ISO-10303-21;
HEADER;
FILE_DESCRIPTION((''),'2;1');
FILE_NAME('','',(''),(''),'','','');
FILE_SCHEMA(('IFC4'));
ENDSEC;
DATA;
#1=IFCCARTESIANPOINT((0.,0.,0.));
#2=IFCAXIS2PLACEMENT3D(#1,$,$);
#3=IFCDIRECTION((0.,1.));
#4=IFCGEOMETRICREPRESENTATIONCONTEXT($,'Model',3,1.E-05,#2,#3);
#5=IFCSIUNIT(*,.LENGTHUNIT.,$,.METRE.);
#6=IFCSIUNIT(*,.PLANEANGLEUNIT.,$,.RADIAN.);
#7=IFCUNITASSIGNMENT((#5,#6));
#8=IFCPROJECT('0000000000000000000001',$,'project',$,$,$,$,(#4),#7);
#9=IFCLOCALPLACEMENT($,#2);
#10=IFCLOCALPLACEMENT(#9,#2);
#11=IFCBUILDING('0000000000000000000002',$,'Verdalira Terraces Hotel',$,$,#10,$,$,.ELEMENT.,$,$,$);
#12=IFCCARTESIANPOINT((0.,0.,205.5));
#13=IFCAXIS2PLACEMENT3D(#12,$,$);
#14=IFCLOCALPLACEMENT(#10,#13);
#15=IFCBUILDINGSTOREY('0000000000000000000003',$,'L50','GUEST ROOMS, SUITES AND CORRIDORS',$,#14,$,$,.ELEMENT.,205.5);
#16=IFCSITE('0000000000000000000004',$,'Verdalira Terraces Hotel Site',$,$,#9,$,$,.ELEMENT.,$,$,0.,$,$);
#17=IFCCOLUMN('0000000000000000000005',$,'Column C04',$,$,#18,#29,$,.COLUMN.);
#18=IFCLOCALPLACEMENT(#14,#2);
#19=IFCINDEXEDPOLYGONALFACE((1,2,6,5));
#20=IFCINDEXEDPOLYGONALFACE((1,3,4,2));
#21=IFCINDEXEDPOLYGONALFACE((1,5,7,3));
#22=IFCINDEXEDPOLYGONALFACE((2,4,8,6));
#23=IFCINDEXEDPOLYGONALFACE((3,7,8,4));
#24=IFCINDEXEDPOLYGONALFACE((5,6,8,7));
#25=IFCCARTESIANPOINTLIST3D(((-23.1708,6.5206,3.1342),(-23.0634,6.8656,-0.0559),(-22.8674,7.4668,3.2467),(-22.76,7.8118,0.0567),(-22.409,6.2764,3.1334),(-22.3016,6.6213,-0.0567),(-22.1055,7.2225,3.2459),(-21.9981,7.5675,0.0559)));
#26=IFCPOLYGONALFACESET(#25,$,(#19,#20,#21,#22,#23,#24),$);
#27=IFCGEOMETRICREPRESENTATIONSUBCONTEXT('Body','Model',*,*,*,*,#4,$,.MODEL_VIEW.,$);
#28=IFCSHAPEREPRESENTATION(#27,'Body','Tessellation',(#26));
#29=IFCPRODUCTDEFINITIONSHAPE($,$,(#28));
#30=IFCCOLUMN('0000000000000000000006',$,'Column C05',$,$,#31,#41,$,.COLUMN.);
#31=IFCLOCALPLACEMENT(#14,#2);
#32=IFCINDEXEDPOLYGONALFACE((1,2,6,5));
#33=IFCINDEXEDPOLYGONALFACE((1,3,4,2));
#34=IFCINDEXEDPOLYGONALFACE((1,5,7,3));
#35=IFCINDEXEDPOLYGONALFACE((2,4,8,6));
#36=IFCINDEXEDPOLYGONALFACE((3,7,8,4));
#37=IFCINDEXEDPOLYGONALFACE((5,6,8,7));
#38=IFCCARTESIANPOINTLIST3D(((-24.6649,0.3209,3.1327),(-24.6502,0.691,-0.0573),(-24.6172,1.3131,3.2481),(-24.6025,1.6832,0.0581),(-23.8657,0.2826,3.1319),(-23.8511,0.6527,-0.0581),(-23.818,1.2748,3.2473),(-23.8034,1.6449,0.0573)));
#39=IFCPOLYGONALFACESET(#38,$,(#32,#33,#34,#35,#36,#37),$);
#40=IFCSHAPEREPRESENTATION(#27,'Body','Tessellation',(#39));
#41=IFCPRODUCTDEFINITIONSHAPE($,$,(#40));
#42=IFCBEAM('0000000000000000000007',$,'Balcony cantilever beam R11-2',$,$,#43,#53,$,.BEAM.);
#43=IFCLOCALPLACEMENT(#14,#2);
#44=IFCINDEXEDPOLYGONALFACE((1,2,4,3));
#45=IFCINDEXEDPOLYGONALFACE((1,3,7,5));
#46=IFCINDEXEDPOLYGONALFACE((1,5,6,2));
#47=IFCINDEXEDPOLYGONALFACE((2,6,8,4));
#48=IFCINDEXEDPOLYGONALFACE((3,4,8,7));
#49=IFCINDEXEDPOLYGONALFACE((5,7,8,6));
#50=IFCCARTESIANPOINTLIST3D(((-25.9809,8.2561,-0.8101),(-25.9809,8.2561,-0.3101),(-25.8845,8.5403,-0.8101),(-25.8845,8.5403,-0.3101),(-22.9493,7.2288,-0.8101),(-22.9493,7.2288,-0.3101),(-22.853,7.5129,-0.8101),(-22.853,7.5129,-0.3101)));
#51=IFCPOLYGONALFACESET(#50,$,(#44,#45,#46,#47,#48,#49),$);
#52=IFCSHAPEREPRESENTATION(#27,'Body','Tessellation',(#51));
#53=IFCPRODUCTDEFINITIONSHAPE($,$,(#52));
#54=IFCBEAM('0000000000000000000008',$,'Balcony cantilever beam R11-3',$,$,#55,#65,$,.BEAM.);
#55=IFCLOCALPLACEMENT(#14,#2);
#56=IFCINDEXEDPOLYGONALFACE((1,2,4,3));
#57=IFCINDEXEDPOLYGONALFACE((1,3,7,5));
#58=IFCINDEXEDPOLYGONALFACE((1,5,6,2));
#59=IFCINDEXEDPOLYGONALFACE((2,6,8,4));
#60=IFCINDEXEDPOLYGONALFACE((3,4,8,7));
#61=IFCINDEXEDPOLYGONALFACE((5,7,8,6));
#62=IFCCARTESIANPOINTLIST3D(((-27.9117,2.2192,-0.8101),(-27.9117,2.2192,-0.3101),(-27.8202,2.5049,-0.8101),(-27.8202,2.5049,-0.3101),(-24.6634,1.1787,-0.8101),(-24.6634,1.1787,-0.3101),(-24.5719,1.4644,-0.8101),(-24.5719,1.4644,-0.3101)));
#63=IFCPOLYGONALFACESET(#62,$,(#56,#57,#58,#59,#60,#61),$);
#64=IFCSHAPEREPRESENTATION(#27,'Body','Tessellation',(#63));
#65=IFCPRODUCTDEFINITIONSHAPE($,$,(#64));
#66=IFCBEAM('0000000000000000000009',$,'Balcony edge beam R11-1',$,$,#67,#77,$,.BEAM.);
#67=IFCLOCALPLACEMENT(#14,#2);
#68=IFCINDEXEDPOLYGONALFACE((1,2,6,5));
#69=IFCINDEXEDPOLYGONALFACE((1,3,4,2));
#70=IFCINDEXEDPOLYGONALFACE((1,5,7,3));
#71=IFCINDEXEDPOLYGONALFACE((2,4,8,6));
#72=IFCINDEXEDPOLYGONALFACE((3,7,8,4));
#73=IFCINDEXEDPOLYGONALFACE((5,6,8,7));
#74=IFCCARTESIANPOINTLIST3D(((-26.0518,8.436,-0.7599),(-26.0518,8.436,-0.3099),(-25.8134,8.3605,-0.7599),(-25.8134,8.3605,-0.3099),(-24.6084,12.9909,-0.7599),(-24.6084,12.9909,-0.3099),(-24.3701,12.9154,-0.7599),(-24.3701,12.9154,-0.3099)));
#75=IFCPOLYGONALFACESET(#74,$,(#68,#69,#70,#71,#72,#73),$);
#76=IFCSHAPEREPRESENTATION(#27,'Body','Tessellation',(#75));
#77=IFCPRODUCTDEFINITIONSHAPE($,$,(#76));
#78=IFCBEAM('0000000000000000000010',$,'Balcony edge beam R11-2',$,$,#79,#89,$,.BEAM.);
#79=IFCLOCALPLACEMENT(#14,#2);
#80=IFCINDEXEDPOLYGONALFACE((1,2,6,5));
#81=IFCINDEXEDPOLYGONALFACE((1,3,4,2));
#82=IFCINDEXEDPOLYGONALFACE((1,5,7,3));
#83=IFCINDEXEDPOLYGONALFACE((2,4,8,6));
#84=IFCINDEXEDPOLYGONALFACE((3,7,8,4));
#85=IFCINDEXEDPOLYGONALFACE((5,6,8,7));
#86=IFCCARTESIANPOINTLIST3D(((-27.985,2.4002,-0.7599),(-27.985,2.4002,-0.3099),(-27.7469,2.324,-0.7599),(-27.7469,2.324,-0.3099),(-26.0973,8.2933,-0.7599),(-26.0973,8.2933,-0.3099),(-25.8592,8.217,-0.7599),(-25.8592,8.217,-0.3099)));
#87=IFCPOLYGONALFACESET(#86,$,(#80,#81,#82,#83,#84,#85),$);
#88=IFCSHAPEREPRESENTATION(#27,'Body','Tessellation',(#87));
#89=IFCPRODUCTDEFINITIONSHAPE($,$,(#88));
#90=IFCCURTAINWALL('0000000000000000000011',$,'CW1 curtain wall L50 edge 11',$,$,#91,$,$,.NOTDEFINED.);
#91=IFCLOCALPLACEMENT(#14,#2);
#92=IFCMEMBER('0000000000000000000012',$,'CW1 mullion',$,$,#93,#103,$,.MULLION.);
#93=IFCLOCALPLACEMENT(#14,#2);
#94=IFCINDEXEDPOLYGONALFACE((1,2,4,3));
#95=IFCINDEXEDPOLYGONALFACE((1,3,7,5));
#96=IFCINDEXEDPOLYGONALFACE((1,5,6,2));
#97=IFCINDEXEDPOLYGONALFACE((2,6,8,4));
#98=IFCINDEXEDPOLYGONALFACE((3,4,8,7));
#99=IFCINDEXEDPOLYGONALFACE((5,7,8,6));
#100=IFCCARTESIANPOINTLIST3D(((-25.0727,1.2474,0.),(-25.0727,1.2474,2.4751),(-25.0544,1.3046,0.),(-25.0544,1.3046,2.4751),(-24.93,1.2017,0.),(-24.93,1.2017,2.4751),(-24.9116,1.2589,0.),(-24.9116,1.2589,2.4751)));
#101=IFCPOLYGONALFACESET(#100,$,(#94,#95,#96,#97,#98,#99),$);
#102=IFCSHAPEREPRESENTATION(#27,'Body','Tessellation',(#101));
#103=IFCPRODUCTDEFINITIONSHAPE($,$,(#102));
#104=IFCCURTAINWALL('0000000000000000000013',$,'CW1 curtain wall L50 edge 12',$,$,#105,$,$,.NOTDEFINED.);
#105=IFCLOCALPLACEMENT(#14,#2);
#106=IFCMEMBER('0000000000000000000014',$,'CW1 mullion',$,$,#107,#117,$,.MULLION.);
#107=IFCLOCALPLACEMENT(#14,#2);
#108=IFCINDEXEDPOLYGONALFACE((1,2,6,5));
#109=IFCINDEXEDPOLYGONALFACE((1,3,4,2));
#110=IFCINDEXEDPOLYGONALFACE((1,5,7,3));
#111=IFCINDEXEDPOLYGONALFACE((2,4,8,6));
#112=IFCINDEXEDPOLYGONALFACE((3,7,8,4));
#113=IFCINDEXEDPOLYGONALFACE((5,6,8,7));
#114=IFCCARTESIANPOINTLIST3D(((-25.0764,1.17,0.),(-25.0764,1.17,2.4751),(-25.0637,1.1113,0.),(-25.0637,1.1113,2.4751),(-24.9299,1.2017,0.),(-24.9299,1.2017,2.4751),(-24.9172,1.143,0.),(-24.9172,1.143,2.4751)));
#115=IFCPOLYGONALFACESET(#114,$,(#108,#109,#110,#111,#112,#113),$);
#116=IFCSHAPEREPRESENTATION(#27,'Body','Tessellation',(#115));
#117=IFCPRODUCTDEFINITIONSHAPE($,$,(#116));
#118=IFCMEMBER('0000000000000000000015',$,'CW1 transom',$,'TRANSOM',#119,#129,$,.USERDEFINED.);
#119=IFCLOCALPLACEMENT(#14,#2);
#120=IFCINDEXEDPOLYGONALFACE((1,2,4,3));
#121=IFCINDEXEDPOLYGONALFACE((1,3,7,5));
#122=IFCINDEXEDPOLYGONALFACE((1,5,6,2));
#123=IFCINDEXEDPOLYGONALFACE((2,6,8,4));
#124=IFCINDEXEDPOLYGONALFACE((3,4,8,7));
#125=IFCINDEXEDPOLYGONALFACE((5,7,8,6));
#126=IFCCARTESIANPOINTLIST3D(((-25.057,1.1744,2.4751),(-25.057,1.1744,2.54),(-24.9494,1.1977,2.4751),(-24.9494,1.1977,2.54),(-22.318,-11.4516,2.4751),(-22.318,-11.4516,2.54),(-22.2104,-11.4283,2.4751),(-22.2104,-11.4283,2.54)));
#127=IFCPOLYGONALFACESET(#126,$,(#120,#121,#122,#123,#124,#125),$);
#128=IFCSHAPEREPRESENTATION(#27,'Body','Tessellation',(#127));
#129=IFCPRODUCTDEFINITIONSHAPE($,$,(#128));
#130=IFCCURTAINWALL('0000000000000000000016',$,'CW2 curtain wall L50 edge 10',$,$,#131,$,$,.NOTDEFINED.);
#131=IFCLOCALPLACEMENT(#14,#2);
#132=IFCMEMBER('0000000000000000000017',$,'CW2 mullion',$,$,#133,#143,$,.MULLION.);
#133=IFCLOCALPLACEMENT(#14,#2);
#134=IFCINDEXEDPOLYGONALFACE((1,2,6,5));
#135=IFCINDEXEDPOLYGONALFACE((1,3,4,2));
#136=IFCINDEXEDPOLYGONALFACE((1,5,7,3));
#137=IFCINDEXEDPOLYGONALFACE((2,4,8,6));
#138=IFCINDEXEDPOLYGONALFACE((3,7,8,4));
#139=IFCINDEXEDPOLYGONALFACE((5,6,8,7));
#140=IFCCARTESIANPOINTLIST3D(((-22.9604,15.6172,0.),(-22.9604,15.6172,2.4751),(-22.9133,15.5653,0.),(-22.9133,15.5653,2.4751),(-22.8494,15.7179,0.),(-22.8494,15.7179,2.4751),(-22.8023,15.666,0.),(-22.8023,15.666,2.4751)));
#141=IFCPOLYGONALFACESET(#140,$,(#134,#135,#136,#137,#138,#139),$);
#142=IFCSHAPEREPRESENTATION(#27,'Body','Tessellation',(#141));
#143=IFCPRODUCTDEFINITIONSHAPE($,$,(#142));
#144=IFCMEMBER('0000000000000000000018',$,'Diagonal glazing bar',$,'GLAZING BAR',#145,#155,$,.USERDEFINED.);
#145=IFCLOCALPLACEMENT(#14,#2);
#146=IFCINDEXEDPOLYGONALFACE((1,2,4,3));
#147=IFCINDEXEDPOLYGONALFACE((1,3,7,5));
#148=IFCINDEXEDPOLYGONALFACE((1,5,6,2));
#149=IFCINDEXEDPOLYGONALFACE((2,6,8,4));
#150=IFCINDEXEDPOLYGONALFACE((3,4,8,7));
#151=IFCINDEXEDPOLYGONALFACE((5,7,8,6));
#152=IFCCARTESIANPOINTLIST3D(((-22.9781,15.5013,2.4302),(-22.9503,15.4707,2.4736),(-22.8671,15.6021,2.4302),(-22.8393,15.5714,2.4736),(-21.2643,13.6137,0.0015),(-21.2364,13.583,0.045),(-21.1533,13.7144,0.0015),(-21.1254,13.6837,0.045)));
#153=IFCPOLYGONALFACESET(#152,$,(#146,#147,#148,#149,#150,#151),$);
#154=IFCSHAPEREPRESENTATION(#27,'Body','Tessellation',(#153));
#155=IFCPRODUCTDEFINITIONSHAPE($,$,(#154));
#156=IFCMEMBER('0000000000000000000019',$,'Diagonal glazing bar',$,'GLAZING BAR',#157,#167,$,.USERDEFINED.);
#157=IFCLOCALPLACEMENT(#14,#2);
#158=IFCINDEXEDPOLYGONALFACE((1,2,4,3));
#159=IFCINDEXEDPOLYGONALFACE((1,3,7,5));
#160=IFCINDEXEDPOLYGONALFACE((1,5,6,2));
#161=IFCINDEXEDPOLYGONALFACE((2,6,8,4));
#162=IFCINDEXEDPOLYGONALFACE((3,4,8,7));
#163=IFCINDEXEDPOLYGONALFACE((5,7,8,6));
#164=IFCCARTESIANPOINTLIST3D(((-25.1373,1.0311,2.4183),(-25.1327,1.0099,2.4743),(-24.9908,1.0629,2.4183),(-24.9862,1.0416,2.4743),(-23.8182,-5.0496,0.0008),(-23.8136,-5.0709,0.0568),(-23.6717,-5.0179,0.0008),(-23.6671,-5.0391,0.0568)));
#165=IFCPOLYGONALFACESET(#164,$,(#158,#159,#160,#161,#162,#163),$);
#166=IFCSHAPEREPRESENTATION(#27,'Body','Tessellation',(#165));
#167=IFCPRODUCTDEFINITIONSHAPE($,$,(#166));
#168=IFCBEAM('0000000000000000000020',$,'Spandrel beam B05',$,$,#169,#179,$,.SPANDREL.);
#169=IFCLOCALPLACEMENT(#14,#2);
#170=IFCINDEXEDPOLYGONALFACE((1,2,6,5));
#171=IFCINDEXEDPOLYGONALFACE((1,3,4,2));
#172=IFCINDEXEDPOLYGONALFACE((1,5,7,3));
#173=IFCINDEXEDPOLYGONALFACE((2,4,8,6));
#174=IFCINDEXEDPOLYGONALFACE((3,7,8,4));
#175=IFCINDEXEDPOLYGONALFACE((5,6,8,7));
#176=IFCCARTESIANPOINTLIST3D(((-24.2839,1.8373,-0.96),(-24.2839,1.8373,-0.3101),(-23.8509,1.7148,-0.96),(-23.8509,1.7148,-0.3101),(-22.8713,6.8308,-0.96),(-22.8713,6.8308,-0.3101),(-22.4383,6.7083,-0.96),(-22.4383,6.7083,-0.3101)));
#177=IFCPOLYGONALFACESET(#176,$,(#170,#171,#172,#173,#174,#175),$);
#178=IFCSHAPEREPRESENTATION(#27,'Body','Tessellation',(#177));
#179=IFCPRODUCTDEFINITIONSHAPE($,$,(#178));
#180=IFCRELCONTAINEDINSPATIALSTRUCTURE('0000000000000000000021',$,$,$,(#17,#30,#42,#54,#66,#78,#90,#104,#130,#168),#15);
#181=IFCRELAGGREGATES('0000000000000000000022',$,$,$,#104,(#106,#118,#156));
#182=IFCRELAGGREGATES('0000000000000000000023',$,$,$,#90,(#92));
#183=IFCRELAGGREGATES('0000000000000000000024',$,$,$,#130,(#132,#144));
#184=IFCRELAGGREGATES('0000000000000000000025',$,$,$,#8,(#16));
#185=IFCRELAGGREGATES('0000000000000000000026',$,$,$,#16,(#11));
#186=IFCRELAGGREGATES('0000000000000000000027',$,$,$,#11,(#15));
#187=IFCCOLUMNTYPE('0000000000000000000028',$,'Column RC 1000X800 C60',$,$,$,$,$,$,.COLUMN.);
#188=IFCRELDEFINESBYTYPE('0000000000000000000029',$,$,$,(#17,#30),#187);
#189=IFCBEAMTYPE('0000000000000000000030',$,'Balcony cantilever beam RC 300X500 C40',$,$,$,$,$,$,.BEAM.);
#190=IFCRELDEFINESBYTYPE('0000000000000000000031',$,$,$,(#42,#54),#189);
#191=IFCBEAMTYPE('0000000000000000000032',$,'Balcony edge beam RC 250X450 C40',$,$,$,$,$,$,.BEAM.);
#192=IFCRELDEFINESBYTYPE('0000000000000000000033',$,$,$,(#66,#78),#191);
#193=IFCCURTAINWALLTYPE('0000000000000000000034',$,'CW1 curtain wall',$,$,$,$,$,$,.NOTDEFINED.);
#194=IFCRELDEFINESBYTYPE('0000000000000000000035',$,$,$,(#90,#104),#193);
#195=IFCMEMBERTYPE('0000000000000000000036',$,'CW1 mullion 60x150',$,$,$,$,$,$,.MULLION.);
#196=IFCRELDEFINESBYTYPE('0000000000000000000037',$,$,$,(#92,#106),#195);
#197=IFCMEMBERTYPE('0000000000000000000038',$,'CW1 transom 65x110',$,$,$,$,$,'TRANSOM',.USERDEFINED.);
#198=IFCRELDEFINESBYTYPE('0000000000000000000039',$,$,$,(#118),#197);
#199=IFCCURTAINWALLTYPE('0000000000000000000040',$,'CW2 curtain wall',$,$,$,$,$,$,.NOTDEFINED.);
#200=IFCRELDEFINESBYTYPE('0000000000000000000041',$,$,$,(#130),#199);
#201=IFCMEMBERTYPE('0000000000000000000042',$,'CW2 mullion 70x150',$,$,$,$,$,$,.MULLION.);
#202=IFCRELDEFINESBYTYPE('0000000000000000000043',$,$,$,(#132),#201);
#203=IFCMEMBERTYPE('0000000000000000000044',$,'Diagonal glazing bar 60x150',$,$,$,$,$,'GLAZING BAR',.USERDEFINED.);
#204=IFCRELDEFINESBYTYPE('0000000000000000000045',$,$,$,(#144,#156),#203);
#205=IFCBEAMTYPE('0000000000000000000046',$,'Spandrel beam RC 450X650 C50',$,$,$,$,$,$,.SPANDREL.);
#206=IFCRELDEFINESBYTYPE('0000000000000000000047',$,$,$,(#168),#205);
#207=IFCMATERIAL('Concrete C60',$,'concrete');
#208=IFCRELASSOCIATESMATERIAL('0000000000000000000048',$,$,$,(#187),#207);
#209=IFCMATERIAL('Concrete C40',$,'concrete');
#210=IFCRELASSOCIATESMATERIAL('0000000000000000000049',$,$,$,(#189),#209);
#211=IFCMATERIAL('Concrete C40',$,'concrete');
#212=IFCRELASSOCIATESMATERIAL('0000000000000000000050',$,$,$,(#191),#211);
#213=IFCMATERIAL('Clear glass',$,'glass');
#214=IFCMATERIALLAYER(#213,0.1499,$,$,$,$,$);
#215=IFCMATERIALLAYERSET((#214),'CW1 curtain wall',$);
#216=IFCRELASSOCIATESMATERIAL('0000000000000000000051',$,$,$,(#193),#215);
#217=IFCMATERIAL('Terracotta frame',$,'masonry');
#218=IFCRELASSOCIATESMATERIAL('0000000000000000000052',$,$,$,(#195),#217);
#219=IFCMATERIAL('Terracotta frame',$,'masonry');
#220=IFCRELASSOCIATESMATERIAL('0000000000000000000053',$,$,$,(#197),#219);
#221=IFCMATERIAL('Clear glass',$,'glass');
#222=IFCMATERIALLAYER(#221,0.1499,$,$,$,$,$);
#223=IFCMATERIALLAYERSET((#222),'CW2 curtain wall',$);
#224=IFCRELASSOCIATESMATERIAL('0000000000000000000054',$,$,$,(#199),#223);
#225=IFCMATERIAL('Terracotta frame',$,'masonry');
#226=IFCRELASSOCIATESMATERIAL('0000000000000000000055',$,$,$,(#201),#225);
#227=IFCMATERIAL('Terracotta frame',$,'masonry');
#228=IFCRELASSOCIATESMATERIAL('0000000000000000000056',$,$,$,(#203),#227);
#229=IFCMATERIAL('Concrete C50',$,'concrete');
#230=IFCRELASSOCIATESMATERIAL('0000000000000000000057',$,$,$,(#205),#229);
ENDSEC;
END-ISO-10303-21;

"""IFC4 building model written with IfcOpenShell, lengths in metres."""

from ifc_helpers import new_model, si_unit, direction, frame, origin, origin_2d, place, context, subcontext, project, spatial, rectangle, extrude, material, layer, layer_set, material_profile, profile_set, type_object, element, aggregate, save


model = new_model("IFC4")

# Units and contexts
model_context = context("Model", 3, precision=1e-05, world=origin(), true_north=direction((0.0, 1.0)))
body_context = subcontext(model_context, "Body", "Model", "MODEL_VIEW")
ifc_project = project(units=[si_unit("LENGTHUNIT", "METRE"), si_unit("PLANEANGLEUNIT", "RADIAN")], contexts=[model_context])

# Site, building, storey
site_placement = place(None, origin())
site = spatial("IfcSite", under=ifc_project, at=site_placement, Name="Verdalira Terraces Hotel Site", CompositionType="ELEMENT", RefElevation=0.0)
building_placement = place(site_placement, origin())
building = spatial("IfcBuilding", under=site, at=building_placement, Name="Verdalira Terraces Hotel", CompositionType="ELEMENT")
storey_placement = place(building_placement, frame((0.0, 0.0, 205.5)))
storey = spatial("IfcBuildingStorey", under=building, at=storey_placement, Name="L50", Description="GUEST ROOMS, SUITES AND CORRIDORS", CompositionType="ELEMENT", Elevation=205.5)

# Columns
ifc_material_1 = material(Name="Concrete C60", Category="concrete")
ifc_material_profile_1 = material_profile(ifc_material_1, rectangle(XDim=1.0, YDim=0.8, at=origin_2d()), Name="RC 1000X800")
ifc_profile_set_1 = profile_set([ifc_material_profile_1], Name="Concrete C60")
column_type = type_object("IfcColumnType", Name="Column RC 1000X800 C60", PredefinedType="COLUMN", material=ifc_profile_set_1)
column_1_placement = place(storey_placement, frame((-22.5308, 7.2166, 0.0), z_axis=(-0.033461, -0.107456, 0.993647), x_axis=(-0.303464, -0.946173, -0.112541)))
element("IfcColumn", 1, at=column_1_placement, inside=storey, type_object=column_type, Name="Column C04", PredefinedType="COLUMN", context=body_context, shape_type="SweptSolid", body=[
    extrude(rectangle(XDim=1.0, YDim=0.8, at=origin_2d()), origin(), (0.0, 0.0, 1.0), 3.2104),
])
column_2_placement = place(storey_placement, frame((-24.2268, 1.168, 0.0), z_axis=(-0.004561, -0.115252, 0.993326), x_axis=(0.047708, 0.99218, 0.115338)))
element("IfcColumn", 2, at=column_2_placement, inside=storey, type_object=column_type, Name="Column C05", PredefinedType="COLUMN", context=body_context, shape_type="SweptSolid", body=[
    extrude(rectangle(XDim=1.0, YDim=0.8, at=origin_2d()), origin(), (0.0, 0.0, 1.0), 3.2114),
])

# Beams
ifc_material_2 = material(Name="Concrete C40", Category="concrete")
ifc_material_profile_2 = material_profile(ifc_material_2, rectangle(XDim=0.3, YDim=0.5, at=origin_2d()), Name="RC 300X500")
ifc_profile_set_2 = profile_set([ifc_material_profile_2], Name="Concrete C40")
beam_type_1 = type_object("IfcBeamType", Name="Balcony cantilever beam RC 300X500 C40", PredefinedType="BEAM", material=ifc_profile_set_2)
beam_1_placement = place(storey_placement, frame((-22.9011, 7.3708, -0.5601), z_axis=(-0.947093, 0.32096, 0.0), x_axis=(-0.32096, -0.947093, 0.0)))
element("IfcBeam", 3, at=beam_1_placement, inside=storey, type_object=beam_type_1, Name="Balcony cantilever beam R11-2", PredefinedType="BEAM", context=body_context, shape_type="SweptSolid", body=[
    extrude(rectangle(XDim=0.3, YDim=0.5, at=origin_2d()), origin(), (0.0, 0.0, 1.0), 3.2009),
])
beam_2_placement = place(storey_placement, frame((-24.6177, 1.3215, -0.5601), z_axis=(-0.952333, 0.305061, 0.0), x_axis=(-0.305061, -0.952333, 0.0)))
element("IfcBeam", 4, at=beam_2_placement, inside=storey, type_object=beam_type_1, Name="Balcony cantilever beam R11-3", PredefinedType="BEAM", context=body_context, shape_type="SweptSolid", body=[
    extrude(rectangle(XDim=0.3, YDim=0.5, at=origin_2d()), origin(), (0.0, 0.0, 1.0), 3.4109),
])
ifc_material_3 = material(Name="Concrete C40", Category="concrete")
ifc_material_profile_3 = material_profile(ifc_material_3, rectangle(XDim=0.25, YDim=0.45, at=origin_2d()), Name="RC 250X450")
ifc_profile_set_3 = profile_set([ifc_material_profile_3], Name="Concrete C40")
beam_type_2 = type_object("IfcBeamType", Name="Balcony edge beam RC 250X450 C40", PredefinedType="BEAM", material=ifc_profile_set_3)
beam_3_placement = place(storey_placement, frame((-24.4893, 12.9531, -0.5349), z_axis=(-0.302075, -0.953284, 0.0), x_axis=(0.953284, -0.302075, 0.0)))
element("IfcBeam", 5, at=beam_3_placement, inside=storey, type_object=beam_type_2, Name="Balcony edge beam R11-1", PredefinedType="BEAM", context=body_context, shape_type="SweptSolid", body=[
    extrude(rectangle(XDim=0.25, YDim=0.45, at=origin_2d()), origin(), (0.0, 0.0, 1.0), 4.7781),
])
beam_4_placement = place(storey_placement, frame((-25.9783, 8.2551, -0.5349), z_axis=(-0.305056, -0.952334, 0.0), x_axis=(0.952334, -0.305056, 0.0)))
element("IfcBeam", 6, at=beam_4_placement, inside=storey, type_object=beam_type_2, Name="Balcony edge beam R11-2", PredefinedType="BEAM", context=body_context, shape_type="SweptSolid", body=[
    extrude(rectangle(XDim=0.25, YDim=0.45, at=origin_2d()), origin(), (0.0, 0.0, 1.0), 6.188),
])

# Curtain wall, member
ifc_material_4 = material(Name="Clear glass", Category="glass")
ifc_layer_1 = layer(ifc_material_4, 0.1499)
ifc_layer_set_1 = layer_set([ifc_layer_1], Name="CW1 curtain wall")
curtain_wall_type_1 = type_object("IfcCurtainWallType", Name="CW1 curtain wall", PredefinedType="NOTDEFINED", material=ifc_layer_set_1)
curtain_wall_1_placement = place(storey_placement, origin())
curtain_wall_1 = element("IfcCurtainWall", 7, at=curtain_wall_1_placement, inside=storey, type_object=curtain_wall_type_1, Name="CW1 curtain wall L50 edge 11", PredefinedType="NOTDEFINED")
ifc_material_5 = material(Name="Terracotta frame", Category="masonry")
ifc_material_profile_4 = material_profile(ifc_material_5, rectangle(XDim=0.0601, YDim=0.1499, at=origin_2d()), Name="MU 60x150")
ifc_profile_set_4 = profile_set([ifc_material_profile_4], Name="Terracotta frame")
member_type_1 = type_object("IfcMemberType", Name="CW1 mullion 60x150", PredefinedType="MULLION", material=ifc_profile_set_4)
member_1_placement = place(storey_placement, frame((-24.9922, 1.2532, 0.0), z_axis=(0.0, 0.0, 1.0), x_axis=(-0.305031, -0.952343, 0.0)))
member_1 = element("IfcMember", 8, at=member_1_placement, type_object=member_type_1, Name="CW1 mullion", PredefinedType="MULLION", context=body_context, shape_type="SweptSolid", body=[
    extrude(rectangle(XDim=0.0601, YDim=0.1499, at=origin_2d()), origin(), (0.0, 0.0, 1.0), 2.4751),
])

# Curtain walls, members
curtain_wall_2_placement = place(storey_placement, origin())
curtain_wall_2 = element("IfcCurtainWall", 9, at=curtain_wall_2_placement, inside=storey, type_object=curtain_wall_type_1, Name="CW1 curtain wall L50 edge 12", PredefinedType="NOTDEFINED")
member_2_placement = place(storey_placement, frame((-24.9968, 1.1565, 0.0), z_axis=(0.0, 0.0, 1.0), x_axis=(0.212007, -0.977268, 0.0)))
member_2 = element("IfcMember", 10, at=member_2_placement, type_object=member_type_1, Name="CW1 mullion", PredefinedType="MULLION", context=body_context, shape_type="SweptSolid", body=[
    extrude(rectangle(XDim=0.0601, YDim=0.1499, at=origin_2d()), origin(), (0.0, 0.0, 1.0), 2.4751),
])
ifc_material_6 = material(Name="Terracotta frame", Category="masonry")
ifc_material_profile_5 = material_profile(ifc_material_6, rectangle(XDim=0.1101, YDim=0.0649, at=origin_2d()), Name="TR 65x110")
ifc_profile_set_5 = profile_set([ifc_material_profile_5], Name="Terracotta frame")
member_type_2 = type_object("IfcMemberType", Name="CW1 transom 65x110", ElementType="TRANSOM", PredefinedType="USERDEFINED", material=ifc_profile_set_5)
member_3_placement = place(storey_placement, frame((-25.0032, 1.186, 2.5076), z_axis=(0.212004, -0.977269, 0.0), x_axis=(0.977269, 0.212004, 0.0)))
member_3 = element("IfcMember", 11, at=member_3_placement, type_object=member_type_2, Name="CW1 transom", ObjectType="TRANSOM", PredefinedType="USERDEFINED", context=body_context, shape_type="SweptSolid", body=[
    extrude(rectangle(XDim=0.1101, YDim=0.0649, at=origin_2d()), origin(), (0.0, 0.0, 1.0), 12.9197),
])
ifc_material_7 = material(Name="Clear glass", Category="glass")
ifc_layer_2 = layer(ifc_material_7, 0.1499)
ifc_layer_set_2 = layer_set([ifc_layer_2], Name="CW2 curtain wall")
curtain_wall_type_2 = type_object("IfcCurtainWallType", Name="CW2 curtain wall", PredefinedType="NOTDEFINED", material=ifc_layer_set_2)
curtain_wall_3_placement = place(storey_placement, origin())
curtain_wall_3 = element("IfcCurtainWall", 12, at=curtain_wall_3_placement, inside=storey, type_object=curtain_wall_type_2, Name="CW2 curtain wall L50 edge 10", PredefinedType="NOTDEFINED")
ifc_material_8 = material(Name="Terracotta frame", Category="masonry")
ifc_material_profile_6 = material_profile(ifc_material_8, rectangle(XDim=0.0701, YDim=0.1499, at=origin_2d()), Name="MU 70x150")
ifc_profile_set_6 = profile_set([ifc_material_profile_6], Name="Terracotta frame")
member_type_3 = type_object("IfcMemberType", Name="CW2 mullion 70x150", PredefinedType="MULLION", material=ifc_profile_set_6)
member_4_placement = place(storey_placement, frame((-22.8813, 15.6416, 0.0), z_axis=(0.0, 0.0, 1.0), x_axis=(0.672238, -0.740335, 0.0)))
member_4 = element("IfcMember", 13, at=member_4_placement, type_object=member_type_3, Name="CW2 mullion", PredefinedType="MULLION", context=body_context, shape_type="SweptSolid", body=[
    extrude(rectangle(XDim=0.0701, YDim=0.1499, at=origin_2d()), origin(), (0.0, 0.0, 1.0), 2.4751),
])
ifc_material_9 = material(Name="Terracotta frame", Category="masonry")
ifc_material_profile_7 = material_profile(ifc_material_9, rectangle(XDim=0.1499, YDim=0.0601, at=origin_2d()), Name="GB 60x150")
ifc_profile_set_7 = profile_set([ifc_material_profile_7], Name="Terracotta frame")
member_type_4 = type_object("IfcMemberType", Name="Diagonal glazing bar 60x150", ElementType="GLAZING BAR", PredefinedType="USERDEFINED", material=ifc_profile_set_7)
member_5_placement = place(storey_placement, frame((-22.9087, 15.5364, 2.4519), z_axis=(0.486718, -0.536083, -0.689725), x_axis=(0.740373, 0.672196, 0.0)))
member_5 = element("IfcMember", 14, at=member_5_placement, type_object=member_type_4, Name="Diagonal glazing bar", ObjectType="GLAZING BAR", PredefinedType="USERDEFINED", context=body_context, shape_type="SweptSolid", body=[
    extrude(rectangle(XDim=0.1499, YDim=0.0601, at=origin_2d()), origin(), (0.0, 0.0, 1.0), 3.5212),
])

# Member
member_6_placement = place(storey_placement, frame((-25.0618, 1.0364, 2.4463), z_axis=(0.197606, -0.910933, -0.36215), x_axis=(0.97727, 0.211996, 0.0)))
member_6 = element("IfcMember", 15, at=member_6_placement, type_object=member_type_4, Name="Diagonal glazing bar", ObjectType="GLAZING BAR", PredefinedType="USERDEFINED", context=body_context, shape_type="SweptSolid", body=[
    extrude(rectangle(XDim=0.1499, YDim=0.0601, at=origin_2d()), origin(), (0.0, 0.0, 1.0), 6.6753),
])
aggregate(curtain_wall_2, [member_2, member_3, member_6])

# Beam
ifc_material_10 = material(Name="Concrete C50", Category="concrete")
ifc_material_profile_8 = material_profile(ifc_material_10, rectangle(XDim=0.45, YDim=0.6499, at=origin_2d()), Name="RC 450X650")
ifc_profile_set_8 = profile_set([ifc_material_profile_8], Name="Concrete C50")
beam_type_3 = type_object("IfcBeamType", Name="Spandrel beam RC 450X650 C50", PredefinedType="SPANDREL", material=ifc_profile_set_8)
beam_5_placement = place(storey_placement, frame((-22.6548, 6.7695, -0.635), z_axis=(-0.27221, -0.962238, 0.0), x_axis=(0.962238, -0.27221, 0.0)))
element("IfcBeam", 16, at=beam_5_placement, inside=storey, type_object=beam_type_3, Name="Spandrel beam B05", PredefinedType="SPANDREL", context=body_context, shape_type="SweptSolid", body=[
    extrude(rectangle(XDim=0.45, YDim=0.6499, at=origin_2d()), origin(), (0.0, 0.0, 1.0), 5.1895),
])

aggregate(curtain_wall_1, [member_1])
aggregate(curtain_wall_3, [member_4, member_5])

save(model, "model.ifc")
